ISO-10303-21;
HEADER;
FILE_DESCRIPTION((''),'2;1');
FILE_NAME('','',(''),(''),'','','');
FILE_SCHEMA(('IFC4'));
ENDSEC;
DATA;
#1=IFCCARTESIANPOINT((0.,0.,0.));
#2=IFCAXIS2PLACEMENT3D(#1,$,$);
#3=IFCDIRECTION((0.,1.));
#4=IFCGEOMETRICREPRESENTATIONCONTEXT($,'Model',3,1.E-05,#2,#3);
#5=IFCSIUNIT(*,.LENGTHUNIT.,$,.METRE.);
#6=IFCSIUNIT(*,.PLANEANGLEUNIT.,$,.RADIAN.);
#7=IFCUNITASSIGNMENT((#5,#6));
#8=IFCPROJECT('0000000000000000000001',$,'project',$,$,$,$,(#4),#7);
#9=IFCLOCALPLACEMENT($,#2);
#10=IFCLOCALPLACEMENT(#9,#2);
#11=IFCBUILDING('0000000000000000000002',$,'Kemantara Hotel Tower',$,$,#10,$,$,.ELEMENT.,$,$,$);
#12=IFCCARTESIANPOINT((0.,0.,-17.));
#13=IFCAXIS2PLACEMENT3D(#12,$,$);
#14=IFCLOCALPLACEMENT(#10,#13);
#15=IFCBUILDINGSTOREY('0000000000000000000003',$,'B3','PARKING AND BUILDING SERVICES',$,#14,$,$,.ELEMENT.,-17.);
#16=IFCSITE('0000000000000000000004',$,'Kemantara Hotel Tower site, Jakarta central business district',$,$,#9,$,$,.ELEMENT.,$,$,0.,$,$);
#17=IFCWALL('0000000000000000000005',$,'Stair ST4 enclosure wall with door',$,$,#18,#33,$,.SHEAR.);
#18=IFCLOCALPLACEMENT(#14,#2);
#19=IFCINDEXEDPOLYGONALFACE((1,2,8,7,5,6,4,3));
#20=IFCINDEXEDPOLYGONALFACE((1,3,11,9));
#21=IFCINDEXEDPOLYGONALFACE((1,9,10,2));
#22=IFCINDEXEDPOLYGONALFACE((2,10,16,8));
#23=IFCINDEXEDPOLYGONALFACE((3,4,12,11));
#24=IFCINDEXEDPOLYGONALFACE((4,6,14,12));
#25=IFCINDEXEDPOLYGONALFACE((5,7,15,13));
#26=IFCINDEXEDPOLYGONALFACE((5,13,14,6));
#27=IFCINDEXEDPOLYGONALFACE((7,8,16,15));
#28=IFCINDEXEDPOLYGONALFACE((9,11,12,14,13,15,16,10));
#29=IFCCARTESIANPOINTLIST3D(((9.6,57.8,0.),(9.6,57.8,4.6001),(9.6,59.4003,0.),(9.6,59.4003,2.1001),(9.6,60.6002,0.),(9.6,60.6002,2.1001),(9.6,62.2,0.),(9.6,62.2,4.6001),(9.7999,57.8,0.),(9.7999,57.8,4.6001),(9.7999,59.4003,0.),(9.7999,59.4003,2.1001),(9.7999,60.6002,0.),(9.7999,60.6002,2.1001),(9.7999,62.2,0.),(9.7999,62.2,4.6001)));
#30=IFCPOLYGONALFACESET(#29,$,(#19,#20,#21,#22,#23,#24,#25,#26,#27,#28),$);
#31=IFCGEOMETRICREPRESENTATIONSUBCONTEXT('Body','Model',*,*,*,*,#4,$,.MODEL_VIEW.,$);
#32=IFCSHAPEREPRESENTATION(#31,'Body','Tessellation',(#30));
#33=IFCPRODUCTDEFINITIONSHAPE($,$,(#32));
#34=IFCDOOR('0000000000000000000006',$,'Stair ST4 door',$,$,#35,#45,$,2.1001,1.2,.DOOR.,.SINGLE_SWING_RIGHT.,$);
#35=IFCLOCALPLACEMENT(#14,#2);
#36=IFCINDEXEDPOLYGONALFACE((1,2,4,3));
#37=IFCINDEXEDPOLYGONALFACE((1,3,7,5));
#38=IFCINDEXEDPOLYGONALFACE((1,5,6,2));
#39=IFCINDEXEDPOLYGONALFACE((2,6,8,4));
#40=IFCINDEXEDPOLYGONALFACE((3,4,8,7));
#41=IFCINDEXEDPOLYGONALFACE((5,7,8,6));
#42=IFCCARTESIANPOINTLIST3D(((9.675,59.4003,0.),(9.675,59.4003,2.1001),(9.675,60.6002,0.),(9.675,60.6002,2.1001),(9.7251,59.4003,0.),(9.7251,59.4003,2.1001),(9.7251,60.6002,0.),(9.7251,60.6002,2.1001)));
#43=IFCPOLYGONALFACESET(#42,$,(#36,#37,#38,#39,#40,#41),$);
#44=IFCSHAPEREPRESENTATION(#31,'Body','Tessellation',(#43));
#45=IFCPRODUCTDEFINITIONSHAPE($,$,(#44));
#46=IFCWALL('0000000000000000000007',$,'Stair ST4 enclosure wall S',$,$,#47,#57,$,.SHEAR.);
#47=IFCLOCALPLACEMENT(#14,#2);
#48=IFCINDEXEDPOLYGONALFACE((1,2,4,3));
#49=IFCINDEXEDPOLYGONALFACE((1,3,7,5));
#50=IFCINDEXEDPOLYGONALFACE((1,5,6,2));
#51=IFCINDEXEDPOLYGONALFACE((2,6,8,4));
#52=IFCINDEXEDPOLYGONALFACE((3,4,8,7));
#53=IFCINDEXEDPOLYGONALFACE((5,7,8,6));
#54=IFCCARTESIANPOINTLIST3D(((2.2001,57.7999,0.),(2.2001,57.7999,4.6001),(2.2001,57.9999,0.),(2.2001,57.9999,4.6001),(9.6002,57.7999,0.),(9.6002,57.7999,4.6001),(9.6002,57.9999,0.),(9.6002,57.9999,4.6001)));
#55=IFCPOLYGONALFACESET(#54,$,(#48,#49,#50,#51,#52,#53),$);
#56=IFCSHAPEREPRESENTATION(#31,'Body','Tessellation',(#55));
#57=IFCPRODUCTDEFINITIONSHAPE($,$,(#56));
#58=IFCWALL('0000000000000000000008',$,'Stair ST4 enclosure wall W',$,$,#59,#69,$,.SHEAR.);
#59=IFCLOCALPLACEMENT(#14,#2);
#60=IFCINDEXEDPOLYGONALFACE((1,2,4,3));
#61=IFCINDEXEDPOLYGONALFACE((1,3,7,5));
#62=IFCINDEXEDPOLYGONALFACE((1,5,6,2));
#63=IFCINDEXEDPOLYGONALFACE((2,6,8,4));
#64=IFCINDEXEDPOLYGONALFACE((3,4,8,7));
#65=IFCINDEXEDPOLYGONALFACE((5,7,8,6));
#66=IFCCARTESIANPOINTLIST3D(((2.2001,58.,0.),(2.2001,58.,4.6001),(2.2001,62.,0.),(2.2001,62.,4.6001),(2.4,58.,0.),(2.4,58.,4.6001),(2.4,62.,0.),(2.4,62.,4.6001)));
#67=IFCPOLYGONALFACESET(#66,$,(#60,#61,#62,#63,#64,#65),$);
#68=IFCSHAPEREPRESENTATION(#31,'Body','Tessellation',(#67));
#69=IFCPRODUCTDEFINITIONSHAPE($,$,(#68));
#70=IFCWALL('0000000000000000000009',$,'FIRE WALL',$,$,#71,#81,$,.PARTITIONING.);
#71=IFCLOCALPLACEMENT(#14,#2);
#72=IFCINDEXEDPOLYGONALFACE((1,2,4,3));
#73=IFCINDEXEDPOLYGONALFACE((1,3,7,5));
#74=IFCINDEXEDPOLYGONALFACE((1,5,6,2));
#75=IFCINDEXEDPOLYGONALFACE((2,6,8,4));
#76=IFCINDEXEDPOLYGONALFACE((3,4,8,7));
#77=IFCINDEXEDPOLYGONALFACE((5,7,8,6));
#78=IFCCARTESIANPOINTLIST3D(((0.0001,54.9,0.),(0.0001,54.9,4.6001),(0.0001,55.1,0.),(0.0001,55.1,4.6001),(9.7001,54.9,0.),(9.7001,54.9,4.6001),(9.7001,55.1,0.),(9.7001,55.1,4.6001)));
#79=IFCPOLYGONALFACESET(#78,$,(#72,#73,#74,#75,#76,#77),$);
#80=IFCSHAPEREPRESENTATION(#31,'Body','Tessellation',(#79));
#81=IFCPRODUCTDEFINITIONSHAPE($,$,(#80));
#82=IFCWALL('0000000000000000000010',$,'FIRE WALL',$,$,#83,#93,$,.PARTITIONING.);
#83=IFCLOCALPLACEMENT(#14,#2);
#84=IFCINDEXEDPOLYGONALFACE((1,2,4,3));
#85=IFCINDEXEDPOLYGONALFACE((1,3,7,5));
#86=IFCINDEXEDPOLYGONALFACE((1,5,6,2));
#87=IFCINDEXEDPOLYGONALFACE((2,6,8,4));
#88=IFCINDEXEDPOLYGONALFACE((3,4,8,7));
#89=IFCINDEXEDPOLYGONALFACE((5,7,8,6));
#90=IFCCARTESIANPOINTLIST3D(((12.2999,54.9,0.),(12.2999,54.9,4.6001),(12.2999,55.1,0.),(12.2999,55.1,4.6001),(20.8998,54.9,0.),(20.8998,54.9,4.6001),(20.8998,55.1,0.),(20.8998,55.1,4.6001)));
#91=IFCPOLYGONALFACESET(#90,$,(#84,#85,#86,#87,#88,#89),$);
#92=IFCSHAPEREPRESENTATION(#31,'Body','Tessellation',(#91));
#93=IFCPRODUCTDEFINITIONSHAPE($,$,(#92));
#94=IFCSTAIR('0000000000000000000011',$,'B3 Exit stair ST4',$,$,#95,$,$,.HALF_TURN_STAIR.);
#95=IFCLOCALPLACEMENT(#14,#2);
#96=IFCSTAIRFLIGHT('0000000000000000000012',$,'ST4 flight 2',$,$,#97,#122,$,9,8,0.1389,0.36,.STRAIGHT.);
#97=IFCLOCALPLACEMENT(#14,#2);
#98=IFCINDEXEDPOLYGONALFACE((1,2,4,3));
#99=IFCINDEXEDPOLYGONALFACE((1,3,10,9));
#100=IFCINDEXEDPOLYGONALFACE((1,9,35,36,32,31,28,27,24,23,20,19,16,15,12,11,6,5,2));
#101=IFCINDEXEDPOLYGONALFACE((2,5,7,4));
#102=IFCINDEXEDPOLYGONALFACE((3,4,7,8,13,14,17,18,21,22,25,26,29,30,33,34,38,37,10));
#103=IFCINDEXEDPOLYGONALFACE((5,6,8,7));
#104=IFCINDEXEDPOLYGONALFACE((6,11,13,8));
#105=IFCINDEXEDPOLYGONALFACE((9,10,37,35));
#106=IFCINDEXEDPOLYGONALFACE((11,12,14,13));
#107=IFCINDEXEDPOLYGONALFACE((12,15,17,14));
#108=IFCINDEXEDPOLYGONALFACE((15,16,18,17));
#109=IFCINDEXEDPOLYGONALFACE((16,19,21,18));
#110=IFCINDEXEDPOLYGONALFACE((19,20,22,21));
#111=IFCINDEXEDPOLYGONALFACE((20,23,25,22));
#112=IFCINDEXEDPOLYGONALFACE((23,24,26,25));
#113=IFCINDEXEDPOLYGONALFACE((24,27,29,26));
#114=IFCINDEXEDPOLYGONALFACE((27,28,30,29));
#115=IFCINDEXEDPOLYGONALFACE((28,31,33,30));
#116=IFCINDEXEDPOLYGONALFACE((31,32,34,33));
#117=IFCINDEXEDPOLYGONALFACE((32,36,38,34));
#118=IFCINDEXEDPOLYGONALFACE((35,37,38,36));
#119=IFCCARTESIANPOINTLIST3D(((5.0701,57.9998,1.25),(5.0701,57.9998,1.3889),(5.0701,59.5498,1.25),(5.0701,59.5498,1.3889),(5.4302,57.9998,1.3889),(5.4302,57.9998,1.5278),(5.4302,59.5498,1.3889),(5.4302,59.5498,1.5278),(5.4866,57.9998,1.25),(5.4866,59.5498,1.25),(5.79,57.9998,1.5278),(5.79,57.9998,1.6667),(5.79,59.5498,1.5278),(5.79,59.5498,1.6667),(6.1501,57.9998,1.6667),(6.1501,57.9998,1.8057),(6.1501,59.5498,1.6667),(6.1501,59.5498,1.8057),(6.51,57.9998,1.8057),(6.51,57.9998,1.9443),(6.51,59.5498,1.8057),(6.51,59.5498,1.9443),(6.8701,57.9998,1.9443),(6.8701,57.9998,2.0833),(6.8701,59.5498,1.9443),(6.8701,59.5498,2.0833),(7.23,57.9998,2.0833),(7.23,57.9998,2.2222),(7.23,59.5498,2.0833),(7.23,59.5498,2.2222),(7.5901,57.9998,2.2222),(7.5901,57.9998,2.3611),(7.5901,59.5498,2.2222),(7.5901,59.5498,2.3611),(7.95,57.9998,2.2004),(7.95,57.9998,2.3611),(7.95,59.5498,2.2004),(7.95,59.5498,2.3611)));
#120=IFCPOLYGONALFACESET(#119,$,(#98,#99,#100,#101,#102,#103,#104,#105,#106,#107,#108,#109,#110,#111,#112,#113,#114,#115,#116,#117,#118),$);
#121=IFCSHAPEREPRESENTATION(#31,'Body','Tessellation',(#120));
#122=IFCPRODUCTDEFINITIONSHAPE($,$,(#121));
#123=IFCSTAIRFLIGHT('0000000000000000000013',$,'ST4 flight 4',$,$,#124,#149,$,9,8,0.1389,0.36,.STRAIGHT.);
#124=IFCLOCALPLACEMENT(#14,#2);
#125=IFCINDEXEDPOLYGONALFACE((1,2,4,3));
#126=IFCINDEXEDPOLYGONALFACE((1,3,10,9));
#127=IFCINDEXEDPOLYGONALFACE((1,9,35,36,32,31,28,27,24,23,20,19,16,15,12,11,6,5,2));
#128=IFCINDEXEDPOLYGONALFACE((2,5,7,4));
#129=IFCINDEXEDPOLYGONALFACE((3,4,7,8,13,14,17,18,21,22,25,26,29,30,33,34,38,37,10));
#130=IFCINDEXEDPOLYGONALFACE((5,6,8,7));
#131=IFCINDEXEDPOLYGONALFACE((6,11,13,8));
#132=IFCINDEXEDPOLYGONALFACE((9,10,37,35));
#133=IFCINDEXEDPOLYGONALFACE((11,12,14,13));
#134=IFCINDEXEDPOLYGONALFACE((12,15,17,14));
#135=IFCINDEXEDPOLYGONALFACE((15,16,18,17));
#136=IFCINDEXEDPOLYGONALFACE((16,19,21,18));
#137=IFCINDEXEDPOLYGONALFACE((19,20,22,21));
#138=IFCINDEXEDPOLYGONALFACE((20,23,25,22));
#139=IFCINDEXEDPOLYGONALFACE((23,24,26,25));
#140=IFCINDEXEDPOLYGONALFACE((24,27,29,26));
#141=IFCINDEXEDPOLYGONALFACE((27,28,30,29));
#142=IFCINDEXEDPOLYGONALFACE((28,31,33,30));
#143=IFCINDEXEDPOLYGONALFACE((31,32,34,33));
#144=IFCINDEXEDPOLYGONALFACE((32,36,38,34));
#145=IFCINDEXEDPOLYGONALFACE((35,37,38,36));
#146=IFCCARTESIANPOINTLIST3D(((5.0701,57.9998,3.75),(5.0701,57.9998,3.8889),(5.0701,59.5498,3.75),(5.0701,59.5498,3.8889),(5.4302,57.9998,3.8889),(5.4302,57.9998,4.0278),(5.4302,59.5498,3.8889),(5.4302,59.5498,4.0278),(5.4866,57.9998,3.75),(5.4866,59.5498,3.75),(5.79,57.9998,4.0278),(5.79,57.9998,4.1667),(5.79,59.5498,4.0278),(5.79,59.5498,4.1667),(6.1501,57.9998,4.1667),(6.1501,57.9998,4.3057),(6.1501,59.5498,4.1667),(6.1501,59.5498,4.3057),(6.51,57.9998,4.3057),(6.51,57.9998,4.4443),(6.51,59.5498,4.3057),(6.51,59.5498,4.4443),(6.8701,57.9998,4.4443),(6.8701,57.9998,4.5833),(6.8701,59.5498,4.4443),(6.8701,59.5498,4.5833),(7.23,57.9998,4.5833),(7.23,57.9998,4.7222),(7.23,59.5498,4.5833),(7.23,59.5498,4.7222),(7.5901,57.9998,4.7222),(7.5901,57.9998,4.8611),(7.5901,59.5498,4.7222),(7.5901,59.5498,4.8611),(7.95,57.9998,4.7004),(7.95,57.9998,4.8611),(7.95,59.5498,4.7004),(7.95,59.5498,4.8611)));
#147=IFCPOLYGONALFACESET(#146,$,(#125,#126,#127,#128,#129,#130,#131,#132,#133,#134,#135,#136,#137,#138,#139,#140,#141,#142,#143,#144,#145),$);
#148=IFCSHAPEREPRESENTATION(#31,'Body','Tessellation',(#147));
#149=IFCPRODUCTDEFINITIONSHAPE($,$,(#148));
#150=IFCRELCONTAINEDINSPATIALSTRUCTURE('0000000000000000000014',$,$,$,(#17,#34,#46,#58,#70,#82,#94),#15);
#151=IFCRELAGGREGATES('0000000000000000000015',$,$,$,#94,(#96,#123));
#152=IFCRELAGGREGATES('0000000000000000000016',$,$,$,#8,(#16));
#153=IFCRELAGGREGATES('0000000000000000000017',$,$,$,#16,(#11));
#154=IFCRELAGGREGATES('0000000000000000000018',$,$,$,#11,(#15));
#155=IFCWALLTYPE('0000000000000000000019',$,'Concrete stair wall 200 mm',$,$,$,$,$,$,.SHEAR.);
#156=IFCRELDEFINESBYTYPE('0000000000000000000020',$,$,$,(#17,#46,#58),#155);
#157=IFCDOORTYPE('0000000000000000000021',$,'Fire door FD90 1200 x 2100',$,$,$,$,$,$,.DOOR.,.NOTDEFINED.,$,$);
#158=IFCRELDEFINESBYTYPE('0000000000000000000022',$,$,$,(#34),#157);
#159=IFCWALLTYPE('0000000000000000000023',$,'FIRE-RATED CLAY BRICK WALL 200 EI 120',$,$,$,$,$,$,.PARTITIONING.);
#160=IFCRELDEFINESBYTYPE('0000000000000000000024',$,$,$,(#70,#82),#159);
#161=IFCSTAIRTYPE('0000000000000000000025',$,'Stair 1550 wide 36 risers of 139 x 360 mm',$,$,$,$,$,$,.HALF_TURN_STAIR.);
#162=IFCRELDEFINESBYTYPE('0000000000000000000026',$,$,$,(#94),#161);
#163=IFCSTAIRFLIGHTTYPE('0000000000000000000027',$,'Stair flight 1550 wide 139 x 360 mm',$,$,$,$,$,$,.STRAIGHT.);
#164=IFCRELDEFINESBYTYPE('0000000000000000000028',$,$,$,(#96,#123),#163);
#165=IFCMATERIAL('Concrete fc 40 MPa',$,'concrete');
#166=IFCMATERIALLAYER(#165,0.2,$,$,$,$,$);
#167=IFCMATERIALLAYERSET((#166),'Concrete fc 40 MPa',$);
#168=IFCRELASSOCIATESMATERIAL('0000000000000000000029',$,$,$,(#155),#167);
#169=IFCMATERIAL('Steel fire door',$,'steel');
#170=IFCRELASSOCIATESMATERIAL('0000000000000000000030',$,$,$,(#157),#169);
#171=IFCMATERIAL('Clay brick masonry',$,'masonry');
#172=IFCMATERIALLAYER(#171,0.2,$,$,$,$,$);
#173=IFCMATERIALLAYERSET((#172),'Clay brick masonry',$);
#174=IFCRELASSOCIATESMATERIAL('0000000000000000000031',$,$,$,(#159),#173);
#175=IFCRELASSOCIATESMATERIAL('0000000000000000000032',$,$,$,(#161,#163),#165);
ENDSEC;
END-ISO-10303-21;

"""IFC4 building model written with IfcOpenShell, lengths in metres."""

from ifc_helpers import new_model, si_unit, direction, frame, frame_2d, origin, place, context, subcontext, project, spatial, polyline, rectangle, outline, extrude, material, layer, layer_set, type_object, element, fill, aggregate, save


model = new_model("IFC4")

# Units and contexts
model_context = context("Model", 3, precision=1e-05, world=origin(), true_north=direction((0.0, 1.0)))
body_context = subcontext(model_context, "Body", "Model", "MODEL_VIEW")
ifc_project = project(units=[si_unit("LENGTHUNIT", "METRE"), si_unit("PLANEANGLEUNIT", "RADIAN")], contexts=[model_context])

# Site, building, storey
site_placement = place(None, origin())
site = spatial("IfcSite", under=ifc_project, at=site_placement, Name="Kemantara Hotel Tower site, Jakarta central business district", CompositionType="ELEMENT", RefElevation=0.0)
building_placement = place(site_placement, origin())
building = spatial("IfcBuilding", under=site, at=building_placement, Name="Kemantara Hotel Tower", CompositionType="ELEMENT")
storey_placement = place(building_placement, frame((0.0, 0.0, -17.0)))
storey = spatial("IfcBuildingStorey", under=building, at=storey_placement, Name="B3", Description="PARKING AND BUILDING SERVICES", CompositionType="ELEMENT", Elevation=-17.0)

# Wall, opening, door
ifc_material_1 = material(Name="Concrete fc 40 MPa", Category="concrete")
ifc_layer_1 = layer(ifc_material_1, 0.2)
ifc_layer_set_1 = layer_set([ifc_layer_1], Name="Concrete fc 40 MPa")
wall_type_1 = type_object("IfcWallType", Name="Concrete stair wall 200 mm", PredefinedType="SHEAR", material=ifc_layer_set_1)
wall_1_placement = place(storey_placement, frame((9.7, 57.8, 0.0), z_axis=(0.0, 0.0, 1.0), x_axis=(0.0, 1.0, 0.0)))
wall_1 = element("IfcWall", 1, at=wall_1_placement, inside=storey, type_object=wall_type_1, Name="Stair ST4 enclosure wall with door", PredefinedType="SHEAR", context=body_context, shape_type="SweptSolid", body=[
    extrude(rectangle(XDim=4.3999, YDim=0.2, at=frame_2d((2.2, 0.0))), origin(), (0.0, 0.0, 1.0), 4.6001),
])
opening_placement = place(wall_1_placement, frame((1.6001, 0.0, 0.0)))
opening = element("IfcOpeningElement", 2, at=opening_placement, cuts=wall_1, PredefinedType="OPENING", context=body_context, shape_type="SweptSolid", body=[
    extrude(rectangle(XDim=1.2, YDim=2.1001, at=frame_2d((0.6001, 1.05))), frame((0.0, 0.1099, 0.0), z_axis=(0.0, -1.0, 0.0), x_axis=(1.0, 0.0, 0.0)), (0.0, 0.0, 1.0), 0.22),
])
ifc_material_2 = material(Name="Steel fire door", Category="steel")
door_type = type_object("IfcDoorType", Name="Fire door FD90 1200 x 2100", OperationType="NOTDEFINED", PredefinedType="DOOR", material=ifc_material_2)
door_placement = place(opening_placement, origin())
door = element("IfcDoor", 3, at=door_placement, inside=storey, type_object=door_type, Name="Stair ST4 door", OperationType="SINGLE_SWING_RIGHT", OverallHeight=2.1001, OverallWidth=1.2, PredefinedType="DOOR", context=body_context, shape_type="SweptSolid", body=[
    extrude(rectangle(XDim=1.2, YDim=2.1001, at=frame_2d((0.6001, 1.05))), frame((0.0, 0.0249, 0.0), z_axis=(0.0, -1.0, 0.0), x_axis=(1.0, 0.0, 0.0)), (0.0, 0.0, 1.0), 0.05),
])
fill(opening, door)

# Walls
wall_2_placement = place(storey_placement, frame((2.2, 57.8999, 0.0), z_axis=(0.0, 0.0, 1.0), x_axis=(1.0, 0.0, 0.0)))
element("IfcWall", 4, at=wall_2_placement, inside=storey, type_object=wall_type_1, Name="Stair ST4 enclosure wall S", PredefinedType="SHEAR", context=body_context, shape_type="SweptSolid", body=[
    extrude(rectangle(XDim=7.4001, YDim=0.2, at=frame_2d((3.7002, 0.0))), origin(), (0.0, 0.0, 1.0), 4.6001),
])
wall_3_placement = place(storey_placement, frame((2.3, 58.0, 0.0), z_axis=(0.0, 0.0, 1.0), x_axis=(0.0, 1.0, 0.0)))
element("IfcWall", 5, at=wall_3_placement, inside=storey, type_object=wall_type_1, Name="Stair ST4 enclosure wall W", PredefinedType="SHEAR", context=body_context, shape_type="SweptSolid", body=[
    extrude(rectangle(XDim=4.0, YDim=0.2, at=frame_2d((2.0, 0.0))), origin(), (0.0, 0.0, 1.0), 4.6001),
])
ifc_material_3 = material(Name="Clay brick masonry", Category="masonry")
ifc_layer_2 = layer(ifc_material_3, 0.2)
ifc_layer_set_2 = layer_set([ifc_layer_2], Name="Clay brick masonry")
wall_type_2 = type_object("IfcWallType", Name="FIRE-RATED CLAY BRICK WALL 200 EI 120", PredefinedType="PARTITIONING", material=ifc_layer_set_2)
wall_4_placement = place(storey_placement, frame((0.0, 55.0, 0.0), z_axis=(0.0, 0.0, 1.0), x_axis=(1.0, 0.0, 0.0)))
element("IfcWall", 6, at=wall_4_placement, inside=storey, type_object=wall_type_2, Name="FIRE WALL", PredefinedType="PARTITIONING", context=body_context, shape_type="SweptSolid", body=[
    extrude(rectangle(XDim=9.7, YDim=0.2, at=frame_2d((4.8501, 0.0))), origin(), (0.0, 0.0, 1.0), 4.6001),
])
wall_5_placement = place(storey_placement, frame((12.3, 55.0, 0.0), z_axis=(0.0, 0.0, 1.0), x_axis=(1.0, 0.0, 0.0)))
element("IfcWall", 7, at=wall_5_placement, inside=storey, type_object=wall_type_2, Name="FIRE WALL", PredefinedType="PARTITIONING", context=body_context, shape_type="SweptSolid", body=[
    extrude(rectangle(XDim=8.5999, YDim=0.2, at=frame_2d((4.2998, 0.0))), origin(), (0.0, 0.0, 1.0), 4.6001),
])

# Stair, stair flights
stair_type = type_object("IfcStairType", Name="Stair 1550 wide 36 risers of 139 x 360 mm", PredefinedType="HALF_TURN_STAIR", material=ifc_material_1)
stair_placement = place(storey_placement, origin())
stair = element("IfcStair", 8, at=stair_placement, inside=storey, type_object=stair_type, Name="B3 Exit stair ST4", PredefinedType="HALF_TURN_STAIR")
stair_flight_type = type_object("IfcStairFlightType", Name="Stair flight 1550 wide 139 x 360 mm", PredefinedType="STRAIGHT", material=ifc_material_1)
stair_flight_1_placement = place(storey_placement, frame((5.0701, 58.7749, 1.25), z_axis=(0.0, 0.0, 1.0), x_axis=(1.0, 0.0, 0.0)))
stair_flight_1 = element("IfcStairFlight", 9, at=stair_flight_1_placement, type_object=stair_flight_type, Name="ST4 flight 2", NumberOfRisers=9, NumberOfTreads=8, PredefinedType="STRAIGHT", RiserHeight=0.1389, TreadLength=0.36, context=body_context, shape_type="SweptSolid", body=[
    extrude(outline(polyline([(0.0, 0.0), (0.0, 0.1389), (0.3601, 0.1389), (0.3601, 0.2778), (0.72, 0.2778), (0.72, 0.4167), (1.0801, 0.4167), (1.0801, 0.5557), (1.4399, 0.5557), (1.4399, 0.6943), (1.8, 0.6943), (1.8, 0.8333), (2.1599, 0.8333), (2.1599, 0.9722), (2.52, 0.9722), (2.52, 1.1111), (2.8799, 1.1111), (2.8799, 1.25), (2.8799, 0.9504), (0.4165, 0.0), (0.0, 0.0)])), frame((0.0, 0.7749, 0.0), z_axis=(0.0, -1.0, 0.0), x_axis=(1.0, 0.0, 0.0)), (0.0, 0.0, 1.0), 1.55),
])
stair_flight_2_placement = place(storey_placement, frame((5.0701, 58.7749, 3.75), z_axis=(0.0, 0.0, 1.0), x_axis=(1.0, 0.0, 0.0)))
stair_flight_2 = element("IfcStairFlight", 10, at=stair_flight_2_placement, type_object=stair_flight_type, Name="ST4 flight 4", NumberOfRisers=9, NumberOfTreads=8, PredefinedType="STRAIGHT", RiserHeight=0.1389, TreadLength=0.36, context=body_context, shape_type="SweptSolid", body=[
    extrude(outline(polyline([(0.0, 0.0), (0.0, 0.1389), (0.3601, 0.1389), (0.3601, 0.2778), (0.72, 0.2778), (0.72, 0.4167), (1.0801, 0.4167), (1.0801, 0.5557), (1.4399, 0.5557), (1.4399, 0.6943), (1.8, 0.6943), (1.8, 0.8333), (2.1599, 0.8333), (2.1599, 0.9722), (2.52, 0.9722), (2.52, 1.1111), (2.8799, 1.1111), (2.8799, 1.25), (2.8799, 0.9504), (0.4165, 0.0), (0.0, 0.0)])), frame((0.0, 0.7749, 0.0), z_axis=(0.0, -1.0, 0.0), x_axis=(1.0, 0.0, 0.0)), (0.0, 0.0, 1.0), 1.55),
])
aggregate(stair, [stair_flight_1, stair_flight_2])

save(model, "model.ifc")
